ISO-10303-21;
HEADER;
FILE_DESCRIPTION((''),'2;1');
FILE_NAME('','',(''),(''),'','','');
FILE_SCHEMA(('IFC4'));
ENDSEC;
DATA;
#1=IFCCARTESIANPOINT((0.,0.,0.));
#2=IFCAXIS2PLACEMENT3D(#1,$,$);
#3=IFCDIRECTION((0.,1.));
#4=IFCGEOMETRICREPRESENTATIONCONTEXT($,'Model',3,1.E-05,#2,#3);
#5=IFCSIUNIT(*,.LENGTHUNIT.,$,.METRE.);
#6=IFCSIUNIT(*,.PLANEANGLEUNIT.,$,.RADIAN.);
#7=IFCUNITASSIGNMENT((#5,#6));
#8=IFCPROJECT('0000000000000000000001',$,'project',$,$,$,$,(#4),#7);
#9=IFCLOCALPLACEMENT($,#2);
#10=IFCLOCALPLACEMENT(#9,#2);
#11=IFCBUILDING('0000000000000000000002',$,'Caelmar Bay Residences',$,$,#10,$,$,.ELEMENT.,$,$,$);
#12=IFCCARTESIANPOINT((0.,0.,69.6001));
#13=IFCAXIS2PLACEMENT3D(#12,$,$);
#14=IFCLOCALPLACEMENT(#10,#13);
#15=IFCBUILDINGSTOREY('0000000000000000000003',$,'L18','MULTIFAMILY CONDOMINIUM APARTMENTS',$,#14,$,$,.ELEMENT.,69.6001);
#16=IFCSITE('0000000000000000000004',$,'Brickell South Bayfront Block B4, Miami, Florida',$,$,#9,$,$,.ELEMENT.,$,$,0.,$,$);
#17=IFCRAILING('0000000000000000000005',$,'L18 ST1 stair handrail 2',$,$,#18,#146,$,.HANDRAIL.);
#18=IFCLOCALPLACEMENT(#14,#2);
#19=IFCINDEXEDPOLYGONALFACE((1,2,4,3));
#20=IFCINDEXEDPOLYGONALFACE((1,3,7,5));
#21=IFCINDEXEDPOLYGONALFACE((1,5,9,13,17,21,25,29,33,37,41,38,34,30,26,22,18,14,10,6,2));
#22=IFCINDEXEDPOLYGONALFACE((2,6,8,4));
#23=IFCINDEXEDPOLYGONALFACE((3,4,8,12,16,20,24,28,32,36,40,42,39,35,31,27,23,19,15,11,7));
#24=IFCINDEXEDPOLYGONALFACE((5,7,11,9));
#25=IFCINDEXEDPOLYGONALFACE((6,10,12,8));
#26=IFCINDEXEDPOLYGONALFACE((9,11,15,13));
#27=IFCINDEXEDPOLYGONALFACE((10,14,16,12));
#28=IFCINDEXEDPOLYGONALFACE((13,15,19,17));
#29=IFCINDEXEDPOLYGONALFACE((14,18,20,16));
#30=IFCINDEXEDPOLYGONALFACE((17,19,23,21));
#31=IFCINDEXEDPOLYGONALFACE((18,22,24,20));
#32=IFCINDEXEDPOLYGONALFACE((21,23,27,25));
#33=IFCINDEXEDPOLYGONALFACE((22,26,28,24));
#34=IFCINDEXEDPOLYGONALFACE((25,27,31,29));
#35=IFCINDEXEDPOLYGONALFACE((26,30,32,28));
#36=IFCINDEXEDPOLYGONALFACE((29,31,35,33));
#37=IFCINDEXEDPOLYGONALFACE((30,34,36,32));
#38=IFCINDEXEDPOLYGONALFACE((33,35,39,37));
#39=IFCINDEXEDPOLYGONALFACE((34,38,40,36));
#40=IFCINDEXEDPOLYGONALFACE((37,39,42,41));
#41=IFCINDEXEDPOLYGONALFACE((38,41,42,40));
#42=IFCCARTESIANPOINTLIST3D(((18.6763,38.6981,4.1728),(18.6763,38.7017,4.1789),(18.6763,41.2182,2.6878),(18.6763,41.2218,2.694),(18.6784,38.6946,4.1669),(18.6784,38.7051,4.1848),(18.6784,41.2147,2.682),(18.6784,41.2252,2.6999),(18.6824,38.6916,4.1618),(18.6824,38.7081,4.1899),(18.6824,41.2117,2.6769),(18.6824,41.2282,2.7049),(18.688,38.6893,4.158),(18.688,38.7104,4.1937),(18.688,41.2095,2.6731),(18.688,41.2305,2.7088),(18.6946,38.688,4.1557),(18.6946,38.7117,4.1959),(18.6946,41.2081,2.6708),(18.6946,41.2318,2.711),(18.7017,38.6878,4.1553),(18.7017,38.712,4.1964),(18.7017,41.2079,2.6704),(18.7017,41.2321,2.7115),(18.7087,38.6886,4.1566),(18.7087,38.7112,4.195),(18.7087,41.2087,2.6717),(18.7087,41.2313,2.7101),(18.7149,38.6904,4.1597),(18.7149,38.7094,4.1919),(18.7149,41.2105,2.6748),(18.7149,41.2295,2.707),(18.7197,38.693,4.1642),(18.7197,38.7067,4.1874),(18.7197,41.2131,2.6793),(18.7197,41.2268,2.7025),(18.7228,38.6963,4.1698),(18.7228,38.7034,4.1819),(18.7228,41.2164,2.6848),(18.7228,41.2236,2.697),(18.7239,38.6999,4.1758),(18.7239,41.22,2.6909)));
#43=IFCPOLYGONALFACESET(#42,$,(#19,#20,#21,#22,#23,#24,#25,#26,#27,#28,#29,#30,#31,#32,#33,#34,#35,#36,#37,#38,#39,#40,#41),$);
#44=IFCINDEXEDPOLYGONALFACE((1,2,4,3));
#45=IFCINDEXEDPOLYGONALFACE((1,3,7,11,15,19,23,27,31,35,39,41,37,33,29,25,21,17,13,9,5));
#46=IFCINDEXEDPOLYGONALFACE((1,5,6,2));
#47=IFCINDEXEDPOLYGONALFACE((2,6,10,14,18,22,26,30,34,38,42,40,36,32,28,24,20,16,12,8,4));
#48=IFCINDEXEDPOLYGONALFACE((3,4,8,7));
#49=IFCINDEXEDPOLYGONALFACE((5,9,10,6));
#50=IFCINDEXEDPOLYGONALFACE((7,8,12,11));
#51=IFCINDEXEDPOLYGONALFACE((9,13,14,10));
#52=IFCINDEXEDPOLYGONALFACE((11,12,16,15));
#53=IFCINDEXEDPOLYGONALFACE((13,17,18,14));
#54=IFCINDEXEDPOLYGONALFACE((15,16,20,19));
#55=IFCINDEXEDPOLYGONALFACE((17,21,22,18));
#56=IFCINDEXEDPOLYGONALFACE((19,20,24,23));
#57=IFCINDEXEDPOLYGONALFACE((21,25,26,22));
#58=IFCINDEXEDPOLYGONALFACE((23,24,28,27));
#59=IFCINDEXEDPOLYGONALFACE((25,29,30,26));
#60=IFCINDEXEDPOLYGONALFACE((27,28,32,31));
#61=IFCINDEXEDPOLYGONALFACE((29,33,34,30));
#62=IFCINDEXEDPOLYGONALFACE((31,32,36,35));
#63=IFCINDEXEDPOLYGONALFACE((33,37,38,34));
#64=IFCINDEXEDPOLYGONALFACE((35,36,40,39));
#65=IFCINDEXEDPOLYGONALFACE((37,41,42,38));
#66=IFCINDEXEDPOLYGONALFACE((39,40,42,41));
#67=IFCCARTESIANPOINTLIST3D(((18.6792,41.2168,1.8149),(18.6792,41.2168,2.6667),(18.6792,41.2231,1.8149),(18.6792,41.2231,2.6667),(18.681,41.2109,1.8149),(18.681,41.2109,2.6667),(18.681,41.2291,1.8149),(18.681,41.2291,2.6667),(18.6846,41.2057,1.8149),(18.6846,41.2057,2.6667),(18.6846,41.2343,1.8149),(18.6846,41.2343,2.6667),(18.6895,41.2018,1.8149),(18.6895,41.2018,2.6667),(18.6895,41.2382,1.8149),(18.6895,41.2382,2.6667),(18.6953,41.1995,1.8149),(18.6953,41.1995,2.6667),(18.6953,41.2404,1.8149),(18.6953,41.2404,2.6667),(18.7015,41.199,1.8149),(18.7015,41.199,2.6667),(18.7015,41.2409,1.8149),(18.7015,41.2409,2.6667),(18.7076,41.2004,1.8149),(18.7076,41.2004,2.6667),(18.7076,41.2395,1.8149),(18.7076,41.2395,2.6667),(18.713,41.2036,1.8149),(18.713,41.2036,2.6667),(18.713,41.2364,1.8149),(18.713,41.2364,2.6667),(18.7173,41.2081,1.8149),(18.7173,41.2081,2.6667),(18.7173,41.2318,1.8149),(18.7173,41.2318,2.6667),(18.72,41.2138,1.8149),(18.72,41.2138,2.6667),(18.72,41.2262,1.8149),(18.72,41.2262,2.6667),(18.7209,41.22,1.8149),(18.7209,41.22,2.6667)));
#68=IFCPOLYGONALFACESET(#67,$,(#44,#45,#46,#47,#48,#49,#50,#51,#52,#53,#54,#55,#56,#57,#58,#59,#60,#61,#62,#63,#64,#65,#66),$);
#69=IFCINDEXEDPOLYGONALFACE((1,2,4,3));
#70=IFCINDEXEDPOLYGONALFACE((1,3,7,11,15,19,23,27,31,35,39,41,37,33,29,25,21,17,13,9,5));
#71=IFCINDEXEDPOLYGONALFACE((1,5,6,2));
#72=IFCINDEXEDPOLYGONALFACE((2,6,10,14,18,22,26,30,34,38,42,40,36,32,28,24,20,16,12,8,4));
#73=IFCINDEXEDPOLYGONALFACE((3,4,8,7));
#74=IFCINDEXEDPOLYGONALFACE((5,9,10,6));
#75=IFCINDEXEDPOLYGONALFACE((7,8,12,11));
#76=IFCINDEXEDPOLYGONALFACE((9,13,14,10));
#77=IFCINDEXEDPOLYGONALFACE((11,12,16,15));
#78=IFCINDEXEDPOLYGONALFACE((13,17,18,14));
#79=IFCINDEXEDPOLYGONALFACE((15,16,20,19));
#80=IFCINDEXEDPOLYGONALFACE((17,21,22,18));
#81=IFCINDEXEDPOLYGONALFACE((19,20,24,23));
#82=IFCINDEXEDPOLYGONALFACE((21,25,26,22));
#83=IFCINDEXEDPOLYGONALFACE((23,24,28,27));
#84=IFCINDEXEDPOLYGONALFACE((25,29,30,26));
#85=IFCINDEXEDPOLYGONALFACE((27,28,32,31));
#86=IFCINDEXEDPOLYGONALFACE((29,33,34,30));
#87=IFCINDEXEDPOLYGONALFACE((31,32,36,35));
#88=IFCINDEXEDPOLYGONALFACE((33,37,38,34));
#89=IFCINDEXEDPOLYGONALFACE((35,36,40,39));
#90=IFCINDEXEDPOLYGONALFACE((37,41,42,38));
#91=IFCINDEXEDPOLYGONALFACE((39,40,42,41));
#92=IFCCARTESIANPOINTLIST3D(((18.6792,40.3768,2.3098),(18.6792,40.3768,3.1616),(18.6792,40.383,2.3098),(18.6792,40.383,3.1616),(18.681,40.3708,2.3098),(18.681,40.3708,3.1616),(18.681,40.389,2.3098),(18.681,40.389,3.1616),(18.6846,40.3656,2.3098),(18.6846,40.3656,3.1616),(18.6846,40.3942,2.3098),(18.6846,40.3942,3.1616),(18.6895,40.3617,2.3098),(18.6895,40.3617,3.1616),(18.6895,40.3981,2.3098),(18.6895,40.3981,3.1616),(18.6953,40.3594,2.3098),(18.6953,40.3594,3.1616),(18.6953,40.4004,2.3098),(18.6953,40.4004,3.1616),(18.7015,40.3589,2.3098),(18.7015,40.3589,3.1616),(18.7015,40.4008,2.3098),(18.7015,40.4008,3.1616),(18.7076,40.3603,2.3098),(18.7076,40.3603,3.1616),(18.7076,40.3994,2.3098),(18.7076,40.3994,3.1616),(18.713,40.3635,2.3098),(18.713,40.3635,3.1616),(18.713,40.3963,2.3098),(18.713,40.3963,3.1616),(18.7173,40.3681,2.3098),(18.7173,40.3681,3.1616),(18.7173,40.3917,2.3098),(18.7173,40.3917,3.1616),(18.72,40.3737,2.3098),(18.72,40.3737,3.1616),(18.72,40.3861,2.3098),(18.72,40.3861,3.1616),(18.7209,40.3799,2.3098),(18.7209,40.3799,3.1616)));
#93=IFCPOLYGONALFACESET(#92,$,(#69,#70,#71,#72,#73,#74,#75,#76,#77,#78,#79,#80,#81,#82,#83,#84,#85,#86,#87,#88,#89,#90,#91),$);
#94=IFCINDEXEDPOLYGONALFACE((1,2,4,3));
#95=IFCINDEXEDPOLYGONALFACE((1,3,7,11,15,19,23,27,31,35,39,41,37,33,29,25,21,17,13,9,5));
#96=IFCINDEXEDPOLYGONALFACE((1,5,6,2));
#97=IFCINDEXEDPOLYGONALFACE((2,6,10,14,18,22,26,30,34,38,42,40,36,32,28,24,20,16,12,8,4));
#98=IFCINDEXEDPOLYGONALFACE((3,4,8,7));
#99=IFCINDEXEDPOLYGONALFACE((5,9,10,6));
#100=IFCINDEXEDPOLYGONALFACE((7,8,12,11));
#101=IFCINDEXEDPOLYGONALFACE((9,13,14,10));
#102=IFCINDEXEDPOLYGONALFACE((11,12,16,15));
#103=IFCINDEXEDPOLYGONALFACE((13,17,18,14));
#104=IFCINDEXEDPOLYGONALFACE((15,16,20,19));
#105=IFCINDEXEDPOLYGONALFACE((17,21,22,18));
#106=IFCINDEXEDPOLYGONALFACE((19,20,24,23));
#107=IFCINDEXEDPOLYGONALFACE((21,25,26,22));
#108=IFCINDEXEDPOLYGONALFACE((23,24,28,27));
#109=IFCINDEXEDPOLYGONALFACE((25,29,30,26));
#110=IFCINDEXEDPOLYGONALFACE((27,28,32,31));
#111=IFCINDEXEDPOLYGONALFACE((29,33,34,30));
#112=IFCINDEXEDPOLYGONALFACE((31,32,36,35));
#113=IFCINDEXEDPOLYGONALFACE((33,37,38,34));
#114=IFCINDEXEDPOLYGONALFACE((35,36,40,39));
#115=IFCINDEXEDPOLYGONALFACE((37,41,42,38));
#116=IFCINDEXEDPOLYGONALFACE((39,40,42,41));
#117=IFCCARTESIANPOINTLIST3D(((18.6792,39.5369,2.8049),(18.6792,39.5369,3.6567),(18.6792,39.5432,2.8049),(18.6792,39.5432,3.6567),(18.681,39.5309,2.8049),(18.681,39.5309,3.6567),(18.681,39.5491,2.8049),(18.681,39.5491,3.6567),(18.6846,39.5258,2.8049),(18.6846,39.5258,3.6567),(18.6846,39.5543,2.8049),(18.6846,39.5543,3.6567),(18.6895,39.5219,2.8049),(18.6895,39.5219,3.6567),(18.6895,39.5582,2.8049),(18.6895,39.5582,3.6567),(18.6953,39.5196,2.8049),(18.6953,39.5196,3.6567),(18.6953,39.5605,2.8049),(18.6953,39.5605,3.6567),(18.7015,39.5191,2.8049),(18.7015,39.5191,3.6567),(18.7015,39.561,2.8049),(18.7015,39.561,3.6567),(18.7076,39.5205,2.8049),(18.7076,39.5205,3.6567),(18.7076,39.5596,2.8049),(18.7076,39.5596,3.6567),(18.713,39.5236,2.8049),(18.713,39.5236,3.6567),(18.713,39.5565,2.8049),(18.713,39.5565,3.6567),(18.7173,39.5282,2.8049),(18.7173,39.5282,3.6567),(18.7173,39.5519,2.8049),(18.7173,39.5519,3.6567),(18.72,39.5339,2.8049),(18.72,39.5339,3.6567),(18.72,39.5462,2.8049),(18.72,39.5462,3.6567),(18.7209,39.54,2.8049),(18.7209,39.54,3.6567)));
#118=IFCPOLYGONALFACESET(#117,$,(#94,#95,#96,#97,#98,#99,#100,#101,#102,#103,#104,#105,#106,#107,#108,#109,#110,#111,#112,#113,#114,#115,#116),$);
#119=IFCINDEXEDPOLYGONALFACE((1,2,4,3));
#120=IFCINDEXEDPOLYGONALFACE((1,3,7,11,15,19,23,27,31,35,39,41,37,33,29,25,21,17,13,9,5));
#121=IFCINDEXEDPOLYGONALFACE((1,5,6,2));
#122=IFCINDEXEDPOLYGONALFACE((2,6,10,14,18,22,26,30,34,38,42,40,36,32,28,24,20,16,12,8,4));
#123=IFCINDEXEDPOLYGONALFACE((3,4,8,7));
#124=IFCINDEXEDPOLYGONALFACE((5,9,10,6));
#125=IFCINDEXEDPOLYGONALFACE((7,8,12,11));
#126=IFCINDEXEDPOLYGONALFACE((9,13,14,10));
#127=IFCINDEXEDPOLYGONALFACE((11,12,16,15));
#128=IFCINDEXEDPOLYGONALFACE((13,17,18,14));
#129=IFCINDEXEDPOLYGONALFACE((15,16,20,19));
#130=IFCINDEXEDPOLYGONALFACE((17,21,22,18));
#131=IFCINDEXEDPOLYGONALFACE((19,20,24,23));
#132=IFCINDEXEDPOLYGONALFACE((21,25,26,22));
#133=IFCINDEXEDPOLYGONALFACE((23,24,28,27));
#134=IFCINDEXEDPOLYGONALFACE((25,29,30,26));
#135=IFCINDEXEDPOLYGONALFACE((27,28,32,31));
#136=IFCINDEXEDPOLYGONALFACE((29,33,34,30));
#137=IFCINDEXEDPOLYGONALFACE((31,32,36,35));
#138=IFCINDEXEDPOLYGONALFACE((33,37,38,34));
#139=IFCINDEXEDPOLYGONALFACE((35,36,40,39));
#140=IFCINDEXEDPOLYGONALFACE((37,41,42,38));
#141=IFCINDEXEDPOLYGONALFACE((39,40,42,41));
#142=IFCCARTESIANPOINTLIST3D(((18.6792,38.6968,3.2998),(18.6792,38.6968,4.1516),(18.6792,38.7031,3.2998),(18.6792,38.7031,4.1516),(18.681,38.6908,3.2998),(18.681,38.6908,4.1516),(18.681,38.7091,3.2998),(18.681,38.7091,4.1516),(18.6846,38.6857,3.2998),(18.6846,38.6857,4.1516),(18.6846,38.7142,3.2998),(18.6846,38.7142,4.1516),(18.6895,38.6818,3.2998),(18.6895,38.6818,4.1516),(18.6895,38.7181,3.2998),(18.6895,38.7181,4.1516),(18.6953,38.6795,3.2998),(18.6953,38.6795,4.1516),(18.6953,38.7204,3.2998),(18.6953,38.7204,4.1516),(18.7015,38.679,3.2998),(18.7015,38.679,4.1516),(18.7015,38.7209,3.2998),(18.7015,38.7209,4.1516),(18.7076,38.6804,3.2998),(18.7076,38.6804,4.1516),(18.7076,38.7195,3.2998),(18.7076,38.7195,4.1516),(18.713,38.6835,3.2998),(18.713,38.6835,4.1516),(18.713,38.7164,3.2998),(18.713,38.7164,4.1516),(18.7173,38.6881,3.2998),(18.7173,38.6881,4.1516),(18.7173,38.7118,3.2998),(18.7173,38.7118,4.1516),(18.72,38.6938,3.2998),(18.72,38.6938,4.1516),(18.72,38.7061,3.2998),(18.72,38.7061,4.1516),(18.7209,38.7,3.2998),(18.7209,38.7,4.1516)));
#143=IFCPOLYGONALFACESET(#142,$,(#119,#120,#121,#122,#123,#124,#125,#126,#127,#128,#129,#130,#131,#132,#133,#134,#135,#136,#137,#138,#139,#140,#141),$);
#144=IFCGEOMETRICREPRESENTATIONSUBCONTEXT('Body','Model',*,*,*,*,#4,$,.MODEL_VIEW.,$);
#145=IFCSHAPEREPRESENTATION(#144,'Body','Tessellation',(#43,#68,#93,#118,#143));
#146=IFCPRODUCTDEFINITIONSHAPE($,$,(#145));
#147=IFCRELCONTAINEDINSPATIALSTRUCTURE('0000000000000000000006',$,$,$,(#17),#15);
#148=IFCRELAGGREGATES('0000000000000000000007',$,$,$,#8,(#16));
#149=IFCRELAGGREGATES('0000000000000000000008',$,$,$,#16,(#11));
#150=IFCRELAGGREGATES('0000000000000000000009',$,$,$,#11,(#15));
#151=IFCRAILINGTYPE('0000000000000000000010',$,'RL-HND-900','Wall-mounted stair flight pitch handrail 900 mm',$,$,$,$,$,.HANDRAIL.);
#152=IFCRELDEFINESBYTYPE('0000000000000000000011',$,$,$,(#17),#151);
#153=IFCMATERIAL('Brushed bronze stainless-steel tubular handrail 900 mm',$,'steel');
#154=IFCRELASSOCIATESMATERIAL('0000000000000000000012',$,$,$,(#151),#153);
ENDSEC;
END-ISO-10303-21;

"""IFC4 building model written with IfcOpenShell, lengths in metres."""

from ifc_helpers import new_model, si_unit, direction, frame, origin, origin_2d, place, context, subcontext, project, spatial, circle, extrude, material, type_object, element, save


model = new_model("IFC4")

# Units and contexts
model_context = context("Model", 3, precision=1e-05, world=origin(), true_north=direction((0.0, 1.0)))
body_context = subcontext(model_context, "Body", "Model", "MODEL_VIEW")
ifc_project = project(units=[si_unit("LENGTHUNIT", "METRE"), si_unit("PLANEANGLEUNIT", "RADIAN")], contexts=[model_context])

# Site, building, storey
site_placement = place(None, origin())
site = spatial("IfcSite", under=ifc_project, at=site_placement, Name="Brickell South Bayfront Block B4, Miami, Florida", CompositionType="ELEMENT", RefElevation=0.0)
building_placement = place(site_placement, origin())
building = spatial("IfcBuilding", under=site, at=building_placement, Name="Caelmar Bay Residences", CompositionType="ELEMENT")
storey_placement = place(building_placement, frame((0.0, 0.0, 69.6001)))
storey = spatial("IfcBuildingStorey", under=building, at=storey_placement, Name="L18", Description="MULTIFAMILY CONDOMINIUM APARTMENTS", CompositionType="ELEMENT", Elevation=69.6001)

# Railing
ifc_material_1 = material(Name="Brushed bronze stainless-steel tubular handrail 900 mm", Category="steel")
railing_type_1 = type_object("IfcRailingType", Name="RL-HND-900", Description="Wall-mounted stair flight pitch handrail 900 mm", PredefinedType="HANDRAIL", material=ifc_material_1)
railing_1_placement = place(storey_placement, frame((18.7, 41.22, 1.8149)))
element("IfcRailing", 1, at=railing_1_placement, inside=storey, type_object=railing_type_1, Name="L18 ST1 stair handrail 2", PredefinedType="HANDRAIL", context=body_context, shape_type="SweptSolid", body=[
    extrude(circle(Radius=0.0239, at=origin_2d()), frame((0.0, 0.0, 0.876), z_axis=(0.0, -0.861561, 0.507655), x_axis=(1.0, 0.0, 0.0)), (0.0, 0.0, 1.0), 2.925),
    extrude(circle(Radius=0.021, at=origin_2d()), origin(), (0.0, 0.0, 1.0), 0.8518),
    extrude(circle(Radius=0.021, at=origin_2d()), frame((0.0, -0.8401, 0.4949)), (0.0, 0.0, 1.0), 0.8518),
    extrude(circle(Radius=0.021, at=origin_2d()), frame((0.0, -1.6799, 0.99)), (0.0, 0.0, 1.0), 0.8518),
    extrude(circle(Radius=0.021, at=origin_2d()), frame((0.0, -2.52, 1.4849)), (0.0, 0.0, 1.0), 0.8518),
])

save(model, "model.ifc")
